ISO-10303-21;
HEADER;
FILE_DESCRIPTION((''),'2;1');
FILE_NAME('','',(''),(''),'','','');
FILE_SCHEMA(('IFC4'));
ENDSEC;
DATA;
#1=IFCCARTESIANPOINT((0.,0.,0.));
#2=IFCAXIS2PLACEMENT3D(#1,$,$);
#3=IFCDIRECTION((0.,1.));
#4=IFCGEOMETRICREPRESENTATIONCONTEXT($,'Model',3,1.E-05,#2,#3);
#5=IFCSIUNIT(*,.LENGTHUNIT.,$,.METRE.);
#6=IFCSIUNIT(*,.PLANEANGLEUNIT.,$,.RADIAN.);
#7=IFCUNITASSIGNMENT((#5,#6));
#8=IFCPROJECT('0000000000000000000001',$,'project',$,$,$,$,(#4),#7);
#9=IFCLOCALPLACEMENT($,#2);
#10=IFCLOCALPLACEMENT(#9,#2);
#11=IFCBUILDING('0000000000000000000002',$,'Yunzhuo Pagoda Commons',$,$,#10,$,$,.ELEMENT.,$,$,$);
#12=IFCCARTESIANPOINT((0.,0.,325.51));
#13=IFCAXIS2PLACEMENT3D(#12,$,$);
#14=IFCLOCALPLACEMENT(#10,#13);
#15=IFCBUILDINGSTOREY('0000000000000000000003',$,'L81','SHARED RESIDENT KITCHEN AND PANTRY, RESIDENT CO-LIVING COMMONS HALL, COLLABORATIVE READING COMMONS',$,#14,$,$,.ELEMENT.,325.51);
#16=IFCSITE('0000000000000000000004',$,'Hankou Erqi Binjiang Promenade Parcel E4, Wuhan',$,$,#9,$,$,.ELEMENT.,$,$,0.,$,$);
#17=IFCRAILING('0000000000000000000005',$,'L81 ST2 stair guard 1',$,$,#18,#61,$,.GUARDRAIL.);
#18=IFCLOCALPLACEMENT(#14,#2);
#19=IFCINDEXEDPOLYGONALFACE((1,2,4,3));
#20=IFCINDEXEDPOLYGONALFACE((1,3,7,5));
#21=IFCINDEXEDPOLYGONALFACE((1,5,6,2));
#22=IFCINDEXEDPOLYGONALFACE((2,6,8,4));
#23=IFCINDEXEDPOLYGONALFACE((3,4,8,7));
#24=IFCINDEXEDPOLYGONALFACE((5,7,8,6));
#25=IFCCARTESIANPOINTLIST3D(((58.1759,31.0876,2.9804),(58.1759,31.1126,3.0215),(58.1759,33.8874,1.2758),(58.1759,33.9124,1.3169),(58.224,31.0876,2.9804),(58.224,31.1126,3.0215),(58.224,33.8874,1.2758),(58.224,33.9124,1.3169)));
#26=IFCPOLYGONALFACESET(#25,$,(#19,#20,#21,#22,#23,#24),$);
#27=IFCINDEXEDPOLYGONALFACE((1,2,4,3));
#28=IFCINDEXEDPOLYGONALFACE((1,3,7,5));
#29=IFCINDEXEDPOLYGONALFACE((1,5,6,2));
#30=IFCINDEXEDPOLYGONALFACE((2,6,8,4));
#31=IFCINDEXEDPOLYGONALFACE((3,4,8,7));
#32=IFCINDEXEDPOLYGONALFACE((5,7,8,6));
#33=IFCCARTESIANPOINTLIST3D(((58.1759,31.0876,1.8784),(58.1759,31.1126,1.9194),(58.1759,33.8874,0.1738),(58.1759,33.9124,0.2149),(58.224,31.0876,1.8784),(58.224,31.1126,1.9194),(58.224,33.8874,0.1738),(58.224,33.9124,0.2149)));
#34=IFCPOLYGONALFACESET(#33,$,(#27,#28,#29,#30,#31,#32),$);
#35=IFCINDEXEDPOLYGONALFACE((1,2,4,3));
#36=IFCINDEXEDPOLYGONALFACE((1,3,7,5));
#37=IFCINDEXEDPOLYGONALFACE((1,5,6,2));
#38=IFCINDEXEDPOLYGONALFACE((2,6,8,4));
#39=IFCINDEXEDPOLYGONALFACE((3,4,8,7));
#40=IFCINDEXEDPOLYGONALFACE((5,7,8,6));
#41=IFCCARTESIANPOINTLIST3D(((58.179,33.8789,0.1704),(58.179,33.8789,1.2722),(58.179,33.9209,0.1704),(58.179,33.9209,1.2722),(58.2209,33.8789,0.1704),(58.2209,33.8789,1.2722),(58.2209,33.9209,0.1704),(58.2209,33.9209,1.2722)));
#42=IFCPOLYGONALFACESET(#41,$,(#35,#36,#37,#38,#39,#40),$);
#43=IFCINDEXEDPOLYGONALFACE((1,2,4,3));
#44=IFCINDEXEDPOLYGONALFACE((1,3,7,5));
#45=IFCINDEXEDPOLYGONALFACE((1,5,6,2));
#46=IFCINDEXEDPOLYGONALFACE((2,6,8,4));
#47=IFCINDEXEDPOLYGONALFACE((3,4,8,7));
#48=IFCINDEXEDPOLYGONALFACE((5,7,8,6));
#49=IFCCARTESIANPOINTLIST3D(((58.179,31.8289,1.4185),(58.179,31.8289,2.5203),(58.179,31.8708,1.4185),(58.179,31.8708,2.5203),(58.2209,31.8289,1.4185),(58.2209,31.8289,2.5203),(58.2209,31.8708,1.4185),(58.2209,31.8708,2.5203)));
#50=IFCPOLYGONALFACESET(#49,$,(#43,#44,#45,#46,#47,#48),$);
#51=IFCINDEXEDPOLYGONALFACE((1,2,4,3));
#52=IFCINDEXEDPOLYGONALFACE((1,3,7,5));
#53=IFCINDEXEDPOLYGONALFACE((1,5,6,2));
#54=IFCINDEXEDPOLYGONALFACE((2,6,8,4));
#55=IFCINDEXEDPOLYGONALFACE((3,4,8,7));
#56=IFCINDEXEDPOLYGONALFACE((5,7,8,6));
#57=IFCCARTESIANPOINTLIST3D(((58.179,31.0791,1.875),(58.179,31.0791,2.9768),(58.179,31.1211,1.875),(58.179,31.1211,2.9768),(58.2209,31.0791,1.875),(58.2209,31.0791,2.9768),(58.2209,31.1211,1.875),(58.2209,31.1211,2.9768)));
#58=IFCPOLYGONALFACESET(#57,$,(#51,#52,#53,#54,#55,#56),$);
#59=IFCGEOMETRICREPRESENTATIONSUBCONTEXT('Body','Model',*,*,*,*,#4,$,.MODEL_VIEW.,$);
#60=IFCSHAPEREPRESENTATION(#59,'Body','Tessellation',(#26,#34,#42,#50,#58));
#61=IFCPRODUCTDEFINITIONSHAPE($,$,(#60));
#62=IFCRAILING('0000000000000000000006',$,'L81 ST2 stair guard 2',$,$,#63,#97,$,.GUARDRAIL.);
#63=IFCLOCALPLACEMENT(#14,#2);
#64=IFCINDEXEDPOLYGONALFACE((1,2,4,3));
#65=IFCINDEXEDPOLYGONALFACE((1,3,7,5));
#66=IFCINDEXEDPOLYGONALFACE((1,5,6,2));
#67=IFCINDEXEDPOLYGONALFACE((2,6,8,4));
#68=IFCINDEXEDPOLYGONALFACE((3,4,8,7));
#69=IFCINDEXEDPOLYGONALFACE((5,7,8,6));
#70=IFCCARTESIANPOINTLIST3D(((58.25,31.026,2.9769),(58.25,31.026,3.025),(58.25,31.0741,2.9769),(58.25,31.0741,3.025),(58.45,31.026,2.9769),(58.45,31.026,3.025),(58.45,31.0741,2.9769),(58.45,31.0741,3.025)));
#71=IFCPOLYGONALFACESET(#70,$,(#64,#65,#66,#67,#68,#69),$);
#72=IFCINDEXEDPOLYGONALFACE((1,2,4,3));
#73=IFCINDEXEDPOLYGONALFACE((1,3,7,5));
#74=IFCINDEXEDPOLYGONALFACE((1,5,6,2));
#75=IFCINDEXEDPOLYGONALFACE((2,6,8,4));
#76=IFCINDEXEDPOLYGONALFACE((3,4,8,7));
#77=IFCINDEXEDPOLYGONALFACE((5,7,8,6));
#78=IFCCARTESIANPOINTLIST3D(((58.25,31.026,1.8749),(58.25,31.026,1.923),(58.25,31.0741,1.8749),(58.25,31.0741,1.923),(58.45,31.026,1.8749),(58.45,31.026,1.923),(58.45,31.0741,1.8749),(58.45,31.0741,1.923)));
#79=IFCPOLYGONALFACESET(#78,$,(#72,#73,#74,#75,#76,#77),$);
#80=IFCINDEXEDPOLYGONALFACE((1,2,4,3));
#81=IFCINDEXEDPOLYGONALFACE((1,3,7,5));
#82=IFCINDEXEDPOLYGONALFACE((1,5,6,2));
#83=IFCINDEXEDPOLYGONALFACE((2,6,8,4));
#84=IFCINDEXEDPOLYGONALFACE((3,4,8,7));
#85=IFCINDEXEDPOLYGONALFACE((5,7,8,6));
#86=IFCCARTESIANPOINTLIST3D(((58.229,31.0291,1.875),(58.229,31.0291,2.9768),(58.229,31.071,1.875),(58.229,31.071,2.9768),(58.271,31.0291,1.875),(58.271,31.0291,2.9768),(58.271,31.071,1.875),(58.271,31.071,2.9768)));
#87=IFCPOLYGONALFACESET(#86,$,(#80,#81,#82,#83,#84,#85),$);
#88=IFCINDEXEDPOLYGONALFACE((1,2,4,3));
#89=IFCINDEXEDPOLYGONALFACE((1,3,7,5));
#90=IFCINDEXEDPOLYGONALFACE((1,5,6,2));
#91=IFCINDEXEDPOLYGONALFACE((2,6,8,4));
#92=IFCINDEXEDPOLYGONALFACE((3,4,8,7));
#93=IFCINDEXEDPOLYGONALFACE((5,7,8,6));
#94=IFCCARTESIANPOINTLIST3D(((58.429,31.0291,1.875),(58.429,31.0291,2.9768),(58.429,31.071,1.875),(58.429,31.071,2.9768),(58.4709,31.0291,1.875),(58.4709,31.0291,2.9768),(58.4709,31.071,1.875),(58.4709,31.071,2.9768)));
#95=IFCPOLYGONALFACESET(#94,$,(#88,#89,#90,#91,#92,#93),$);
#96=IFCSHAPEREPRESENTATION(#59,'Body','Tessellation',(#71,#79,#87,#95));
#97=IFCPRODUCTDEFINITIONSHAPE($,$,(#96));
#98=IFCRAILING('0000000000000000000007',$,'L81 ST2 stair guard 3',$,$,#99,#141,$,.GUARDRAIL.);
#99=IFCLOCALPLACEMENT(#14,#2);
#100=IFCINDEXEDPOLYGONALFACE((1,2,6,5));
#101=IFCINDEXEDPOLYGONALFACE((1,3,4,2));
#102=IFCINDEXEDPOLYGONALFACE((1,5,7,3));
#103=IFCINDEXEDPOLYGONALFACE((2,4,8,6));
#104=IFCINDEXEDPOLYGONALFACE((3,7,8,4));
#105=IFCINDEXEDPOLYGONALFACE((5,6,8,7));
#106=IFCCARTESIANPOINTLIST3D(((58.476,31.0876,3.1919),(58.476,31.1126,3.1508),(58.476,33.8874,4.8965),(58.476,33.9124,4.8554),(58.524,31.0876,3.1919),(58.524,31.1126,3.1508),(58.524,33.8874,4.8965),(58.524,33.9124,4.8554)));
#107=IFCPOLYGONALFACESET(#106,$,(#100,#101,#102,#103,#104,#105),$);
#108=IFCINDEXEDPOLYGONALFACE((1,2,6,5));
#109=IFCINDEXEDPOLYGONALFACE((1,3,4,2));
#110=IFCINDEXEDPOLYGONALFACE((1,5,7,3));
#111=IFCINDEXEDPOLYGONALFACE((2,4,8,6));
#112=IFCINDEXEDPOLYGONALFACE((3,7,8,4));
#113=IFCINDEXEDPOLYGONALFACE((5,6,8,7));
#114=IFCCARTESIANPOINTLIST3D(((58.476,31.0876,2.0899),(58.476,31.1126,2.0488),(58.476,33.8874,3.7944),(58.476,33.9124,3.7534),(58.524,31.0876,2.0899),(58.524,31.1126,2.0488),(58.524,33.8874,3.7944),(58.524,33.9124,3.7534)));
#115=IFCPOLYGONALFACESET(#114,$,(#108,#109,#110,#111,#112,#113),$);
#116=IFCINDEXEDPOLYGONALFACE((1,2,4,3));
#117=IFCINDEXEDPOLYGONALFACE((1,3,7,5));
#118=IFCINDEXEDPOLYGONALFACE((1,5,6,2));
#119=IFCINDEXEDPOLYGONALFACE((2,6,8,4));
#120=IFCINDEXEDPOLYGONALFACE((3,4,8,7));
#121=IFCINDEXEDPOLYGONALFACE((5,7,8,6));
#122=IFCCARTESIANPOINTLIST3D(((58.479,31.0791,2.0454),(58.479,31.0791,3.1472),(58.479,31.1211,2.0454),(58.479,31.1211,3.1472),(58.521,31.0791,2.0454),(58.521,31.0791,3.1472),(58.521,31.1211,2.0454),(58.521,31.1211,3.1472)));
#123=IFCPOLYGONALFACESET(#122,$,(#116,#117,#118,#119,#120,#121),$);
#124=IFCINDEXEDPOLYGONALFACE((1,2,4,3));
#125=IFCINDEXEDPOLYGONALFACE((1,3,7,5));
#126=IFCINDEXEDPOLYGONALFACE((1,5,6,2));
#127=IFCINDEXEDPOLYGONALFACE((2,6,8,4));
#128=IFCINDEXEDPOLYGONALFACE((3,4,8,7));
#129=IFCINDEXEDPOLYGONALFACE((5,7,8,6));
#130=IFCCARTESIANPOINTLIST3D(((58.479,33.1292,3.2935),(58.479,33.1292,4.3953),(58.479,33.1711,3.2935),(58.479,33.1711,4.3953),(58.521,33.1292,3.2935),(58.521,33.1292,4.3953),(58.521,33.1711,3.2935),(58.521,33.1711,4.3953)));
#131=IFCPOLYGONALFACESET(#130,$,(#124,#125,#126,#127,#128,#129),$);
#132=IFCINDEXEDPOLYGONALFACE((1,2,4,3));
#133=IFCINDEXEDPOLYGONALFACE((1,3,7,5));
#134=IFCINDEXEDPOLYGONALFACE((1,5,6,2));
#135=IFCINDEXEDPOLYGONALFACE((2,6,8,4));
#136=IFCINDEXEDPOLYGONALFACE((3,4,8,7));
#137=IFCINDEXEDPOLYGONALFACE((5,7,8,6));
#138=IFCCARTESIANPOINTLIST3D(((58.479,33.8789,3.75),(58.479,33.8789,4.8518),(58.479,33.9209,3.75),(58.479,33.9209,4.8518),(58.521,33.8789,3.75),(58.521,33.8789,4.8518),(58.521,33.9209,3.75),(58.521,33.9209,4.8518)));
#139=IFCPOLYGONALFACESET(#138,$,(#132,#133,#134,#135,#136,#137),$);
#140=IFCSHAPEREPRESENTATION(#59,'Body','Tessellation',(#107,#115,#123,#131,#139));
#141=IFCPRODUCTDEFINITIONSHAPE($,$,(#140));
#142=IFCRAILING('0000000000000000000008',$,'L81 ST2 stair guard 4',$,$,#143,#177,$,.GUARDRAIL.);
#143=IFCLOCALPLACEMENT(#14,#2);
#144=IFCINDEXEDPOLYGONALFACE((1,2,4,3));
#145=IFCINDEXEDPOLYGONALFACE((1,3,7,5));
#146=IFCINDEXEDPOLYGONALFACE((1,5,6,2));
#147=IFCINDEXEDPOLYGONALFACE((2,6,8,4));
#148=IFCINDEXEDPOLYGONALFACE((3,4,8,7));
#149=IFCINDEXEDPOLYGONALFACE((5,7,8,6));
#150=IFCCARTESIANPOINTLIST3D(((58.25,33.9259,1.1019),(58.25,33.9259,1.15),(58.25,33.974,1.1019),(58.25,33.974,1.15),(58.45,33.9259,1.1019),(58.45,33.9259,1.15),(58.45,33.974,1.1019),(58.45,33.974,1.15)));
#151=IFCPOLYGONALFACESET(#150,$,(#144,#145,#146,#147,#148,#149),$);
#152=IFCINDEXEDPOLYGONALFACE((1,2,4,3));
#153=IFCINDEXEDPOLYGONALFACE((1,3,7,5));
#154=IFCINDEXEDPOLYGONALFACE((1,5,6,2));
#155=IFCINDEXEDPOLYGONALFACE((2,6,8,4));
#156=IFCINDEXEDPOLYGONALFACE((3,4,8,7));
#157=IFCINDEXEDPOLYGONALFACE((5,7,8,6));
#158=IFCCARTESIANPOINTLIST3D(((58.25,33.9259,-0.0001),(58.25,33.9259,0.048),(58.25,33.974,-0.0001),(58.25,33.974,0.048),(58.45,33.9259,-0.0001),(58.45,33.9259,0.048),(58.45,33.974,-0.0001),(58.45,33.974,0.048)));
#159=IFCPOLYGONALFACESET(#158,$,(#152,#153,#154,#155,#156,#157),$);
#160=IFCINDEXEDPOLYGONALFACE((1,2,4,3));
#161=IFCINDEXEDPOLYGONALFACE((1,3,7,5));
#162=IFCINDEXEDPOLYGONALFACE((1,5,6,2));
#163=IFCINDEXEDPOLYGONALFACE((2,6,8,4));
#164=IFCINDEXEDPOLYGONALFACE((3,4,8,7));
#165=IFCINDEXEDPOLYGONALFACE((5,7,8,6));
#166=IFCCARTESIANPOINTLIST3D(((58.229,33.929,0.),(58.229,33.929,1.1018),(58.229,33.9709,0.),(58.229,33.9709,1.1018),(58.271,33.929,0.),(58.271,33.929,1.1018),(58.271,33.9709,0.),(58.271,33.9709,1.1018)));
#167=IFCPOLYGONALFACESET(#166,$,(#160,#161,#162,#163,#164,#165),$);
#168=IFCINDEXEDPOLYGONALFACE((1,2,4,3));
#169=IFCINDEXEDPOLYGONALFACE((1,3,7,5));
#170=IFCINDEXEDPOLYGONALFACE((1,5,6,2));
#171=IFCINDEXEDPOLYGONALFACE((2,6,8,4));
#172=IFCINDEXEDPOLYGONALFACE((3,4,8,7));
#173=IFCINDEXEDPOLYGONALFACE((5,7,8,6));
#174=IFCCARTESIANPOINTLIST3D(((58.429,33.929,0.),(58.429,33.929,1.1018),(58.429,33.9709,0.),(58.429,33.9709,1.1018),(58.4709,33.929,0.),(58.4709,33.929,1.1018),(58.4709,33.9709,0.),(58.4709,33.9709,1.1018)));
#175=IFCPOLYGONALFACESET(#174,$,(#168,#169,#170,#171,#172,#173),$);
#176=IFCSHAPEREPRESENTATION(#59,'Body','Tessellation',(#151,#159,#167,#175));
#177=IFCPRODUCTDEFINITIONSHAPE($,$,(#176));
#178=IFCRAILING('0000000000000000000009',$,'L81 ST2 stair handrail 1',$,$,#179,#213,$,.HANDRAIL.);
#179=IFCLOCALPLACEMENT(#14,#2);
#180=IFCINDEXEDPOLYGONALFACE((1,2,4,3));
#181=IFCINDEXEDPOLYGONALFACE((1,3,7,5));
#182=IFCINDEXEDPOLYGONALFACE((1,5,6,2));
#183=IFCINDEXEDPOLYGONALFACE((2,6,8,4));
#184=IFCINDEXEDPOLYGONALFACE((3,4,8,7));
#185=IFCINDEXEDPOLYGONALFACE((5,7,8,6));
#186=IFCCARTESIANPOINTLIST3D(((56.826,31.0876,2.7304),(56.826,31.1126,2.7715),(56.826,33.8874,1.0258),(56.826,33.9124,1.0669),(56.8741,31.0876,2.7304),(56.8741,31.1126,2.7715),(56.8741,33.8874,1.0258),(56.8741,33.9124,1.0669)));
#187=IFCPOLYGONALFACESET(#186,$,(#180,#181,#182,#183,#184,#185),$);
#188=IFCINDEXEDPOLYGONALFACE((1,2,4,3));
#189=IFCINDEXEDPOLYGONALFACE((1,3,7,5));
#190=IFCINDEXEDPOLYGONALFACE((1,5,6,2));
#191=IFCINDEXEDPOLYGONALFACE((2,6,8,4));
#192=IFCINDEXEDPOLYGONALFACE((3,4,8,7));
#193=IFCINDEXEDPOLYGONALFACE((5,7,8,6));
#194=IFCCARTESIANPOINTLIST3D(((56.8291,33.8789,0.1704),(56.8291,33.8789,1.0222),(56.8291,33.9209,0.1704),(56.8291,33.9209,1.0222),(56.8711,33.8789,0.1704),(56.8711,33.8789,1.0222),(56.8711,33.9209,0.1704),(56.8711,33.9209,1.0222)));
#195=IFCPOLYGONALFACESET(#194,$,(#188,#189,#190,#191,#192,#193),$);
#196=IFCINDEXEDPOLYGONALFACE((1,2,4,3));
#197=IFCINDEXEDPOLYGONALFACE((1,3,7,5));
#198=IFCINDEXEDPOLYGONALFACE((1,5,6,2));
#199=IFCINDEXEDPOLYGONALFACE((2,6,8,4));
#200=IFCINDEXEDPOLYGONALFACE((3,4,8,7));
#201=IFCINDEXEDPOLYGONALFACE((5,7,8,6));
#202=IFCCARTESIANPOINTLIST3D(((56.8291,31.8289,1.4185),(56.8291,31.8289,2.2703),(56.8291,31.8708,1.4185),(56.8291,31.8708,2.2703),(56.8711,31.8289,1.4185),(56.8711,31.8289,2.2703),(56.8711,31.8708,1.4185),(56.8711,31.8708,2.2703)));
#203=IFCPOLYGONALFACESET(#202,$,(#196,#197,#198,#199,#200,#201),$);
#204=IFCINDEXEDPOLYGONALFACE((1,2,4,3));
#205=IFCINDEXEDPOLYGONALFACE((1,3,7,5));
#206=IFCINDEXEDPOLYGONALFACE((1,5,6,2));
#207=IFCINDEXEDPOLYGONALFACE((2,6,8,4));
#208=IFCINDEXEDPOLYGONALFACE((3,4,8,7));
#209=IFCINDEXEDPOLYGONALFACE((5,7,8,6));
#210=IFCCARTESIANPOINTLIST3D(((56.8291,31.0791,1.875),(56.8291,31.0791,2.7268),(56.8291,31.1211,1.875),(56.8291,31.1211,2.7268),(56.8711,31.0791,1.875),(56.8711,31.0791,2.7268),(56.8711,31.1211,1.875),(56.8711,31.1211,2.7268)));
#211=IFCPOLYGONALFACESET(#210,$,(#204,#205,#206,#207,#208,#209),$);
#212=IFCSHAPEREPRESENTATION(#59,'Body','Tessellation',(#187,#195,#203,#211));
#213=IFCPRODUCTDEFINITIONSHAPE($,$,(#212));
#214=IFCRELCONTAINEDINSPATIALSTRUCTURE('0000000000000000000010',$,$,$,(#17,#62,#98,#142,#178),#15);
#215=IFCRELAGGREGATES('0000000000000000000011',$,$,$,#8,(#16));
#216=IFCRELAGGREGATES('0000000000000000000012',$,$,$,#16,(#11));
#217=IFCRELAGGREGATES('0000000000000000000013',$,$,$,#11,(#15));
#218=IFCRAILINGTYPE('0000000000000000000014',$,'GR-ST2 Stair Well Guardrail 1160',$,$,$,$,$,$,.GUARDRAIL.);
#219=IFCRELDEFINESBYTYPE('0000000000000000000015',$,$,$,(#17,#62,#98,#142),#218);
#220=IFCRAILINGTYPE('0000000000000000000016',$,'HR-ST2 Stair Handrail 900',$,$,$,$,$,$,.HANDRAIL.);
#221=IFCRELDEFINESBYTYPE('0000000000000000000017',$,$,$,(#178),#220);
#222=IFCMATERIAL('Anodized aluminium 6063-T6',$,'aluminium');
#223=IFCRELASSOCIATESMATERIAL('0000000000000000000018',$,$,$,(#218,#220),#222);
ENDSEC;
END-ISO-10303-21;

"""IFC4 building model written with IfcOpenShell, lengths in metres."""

from ifc_helpers import new_model, si_unit, direction, frame, origin, origin_2d, place, context, subcontext, project, spatial, rectangle, extrude, material, type_object, element, save


model = new_model("IFC4")

# Units and contexts
model_context = context("Model", 3, precision=1e-05, world=origin(), true_north=direction((0.0, 1.0)))
body_context = subcontext(model_context, "Body", "Model", "MODEL_VIEW")
ifc_project = project(units=[si_unit("LENGTHUNIT", "METRE"), si_unit("PLANEANGLEUNIT", "RADIAN")], contexts=[model_context])

# Site, building, storey
site_placement = place(None, origin())
site = spatial("IfcSite", under=ifc_project, at=site_placement, Name="Hankou Erqi Binjiang Promenade Parcel E4, Wuhan", CompositionType="ELEMENT", RefElevation=0.0)
building_placement = place(site_placement, origin())
building = spatial("IfcBuilding", under=site, at=building_placement, Name="Yunzhuo Pagoda Commons", CompositionType="ELEMENT")
storey_placement = place(building_placement, frame((0.0, 0.0, 325.51)))
storey = spatial("IfcBuildingStorey", under=building, at=storey_placement, Name="L81", Description="SHARED RESIDENT KITCHEN AND PANTRY, RESIDENT CO-LIVING COMMONS HALL, COLLABORATIVE READING COMMONS", CompositionType="ELEMENT", Elevation=325.51)

# Shared definitions
ifc_material_1 = material(Name="Anodized aluminium 6063-T6", Category="aluminium")

# Railings
railing_type_1 = type_object("IfcRailingType", Name="GR-ST2 Stair Well Guardrail 1160", PredefinedType="GUARDRAIL", material=ifc_material_1)
railing_1_placement = place(storey_placement, frame((58.2, 33.8999, 0.1704)))
element("IfcRailing", 1, at=railing_1_placement, inside=storey, type_object=railing_type_1, Name="L81 ST2 stair guard 1", PredefinedType="GUARDRAIL", context=body_context, shape_type="SweptSolid", body=[
    extrude(rectangle(XDim=0.0481, YDim=0.0481, at=origin_2d()), frame((0.0, 0.0, 1.126), z_axis=(0.0, -0.85415, 0.520027), x_axis=(1.0, 0.0, 0.0)), (0.0, 0.0, 1.0), 3.2778),
    extrude(rectangle(XDim=0.0481, YDim=0.0481, at=origin_2d()), frame((0.0, 0.0, 0.0239), z_axis=(0.0, -0.85415, 0.520027), x_axis=(1.0, 0.0, 0.0)), (0.0, 0.0, 1.0), 3.2778),
    extrude(rectangle(XDim=0.042, YDim=0.042, at=origin_2d()), origin(), (0.0, 0.0, 1.0), 1.1018),
    extrude(rectangle(XDim=0.042, YDim=0.042, at=origin_2d()), frame((0.0, -2.05, 1.248)), (0.0, 0.0, 1.0), 1.1018),
    extrude(rectangle(XDim=0.042, YDim=0.042, at=origin_2d()), frame((0.0, -2.7998, 1.7046)), (0.0, 0.0, 1.0), 1.1018),
])
railing_2_placement = place(storey_placement, frame((58.25, 31.05, 1.875)))
element("IfcRailing", 2, at=railing_2_placement, inside=storey, type_object=railing_type_1, Name="L81 ST2 stair guard 2", PredefinedType="GUARDRAIL", context=body_context, shape_type="SweptSolid", body=[
    extrude(rectangle(XDim=0.0481, YDim=0.0481, at=origin_2d()), frame((0.0, 0.0, 1.126), z_axis=(1.0, 0.0, 0.0), x_axis=(0.0, 1.0, 0.0)), (0.0, 0.0, 1.0), 0.2),
    extrude(rectangle(XDim=0.0481, YDim=0.0481, at=origin_2d()), frame((0.0, 0.0, 0.0239), z_axis=(1.0, 0.0, 0.0), x_axis=(0.0, 1.0, 0.0)), (0.0, 0.0, 1.0), 0.2),
    extrude(rectangle(XDim=0.042, YDim=0.042, at=origin_2d()), origin(), (0.0, 0.0, 1.0), 1.1018),
    extrude(rectangle(XDim=0.042, YDim=0.042, at=origin_2d()), frame((0.2, 0.0, 0.0)), (0.0, 0.0, 1.0), 1.1018),
])
railing_3_placement = place(storey_placement, frame((58.5, 31.1001, 2.0454)))
element("IfcRailing", 3, at=railing_3_placement, inside=storey, type_object=railing_type_1, Name="L81 ST2 stair guard 3", PredefinedType="GUARDRAIL", context=body_context, shape_type="SweptSolid", body=[
    extrude(rectangle(XDim=0.0481, YDim=0.0481, at=origin_2d()), frame((0.0, 0.0, 1.126), z_axis=(0.0, 0.85415, 0.520027), x_axis=(-1.0, 0.0, 0.0)), (0.0, 0.0, 1.0), 3.2778),
    extrude(rectangle(XDim=0.0481, YDim=0.0481, at=origin_2d()), frame((0.0, 0.0, 0.0239), z_axis=(0.0, 0.85415, 0.520027), x_axis=(-1.0, 0.0, 0.0)), (0.0, 0.0, 1.0), 3.2778),
    extrude(rectangle(XDim=0.042, YDim=0.042, at=origin_2d()), origin(), (0.0, 0.0, 1.0), 1.1018),
    extrude(rectangle(XDim=0.042, YDim=0.042, at=origin_2d()), frame((0.0, 2.05, 1.248)), (0.0, 0.0, 1.0), 1.1018),
    extrude(rectangle(XDim=0.042, YDim=0.042, at=origin_2d()), frame((0.0, 2.7998, 1.7046)), (0.0, 0.0, 1.0), 1.1018),
])
railing_4_placement = place(storey_placement, frame((58.25, 33.95, 0.0)))
element("IfcRailing", 4, at=railing_4_placement, inside=storey, type_object=railing_type_1, Name="L81 ST2 stair guard 4", PredefinedType="GUARDRAIL", context=body_context, shape_type="SweptSolid", body=[
    extrude(rectangle(XDim=0.0481, YDim=0.0481, at=origin_2d()), frame((0.0, 0.0, 1.126), z_axis=(1.0, 0.0, 0.0), x_axis=(0.0, 1.0, 0.0)), (0.0, 0.0, 1.0), 0.2),
    extrude(rectangle(XDim=0.0481, YDim=0.0481, at=origin_2d()), frame((0.0, 0.0, 0.0239), z_axis=(1.0, 0.0, 0.0), x_axis=(0.0, 1.0, 0.0)), (0.0, 0.0, 1.0), 0.2),
    extrude(rectangle(XDim=0.042, YDim=0.042, at=origin_2d()), origin(), (0.0, 0.0, 1.0), 1.1018),
    extrude(rectangle(XDim=0.042, YDim=0.042, at=origin_2d()), frame((0.2, 0.0, 0.0)), (0.0, 0.0, 1.0), 1.1018),
])
railing_type_2 = type_object("IfcRailingType", Name="HR-ST2 Stair Handrail 900", PredefinedType="HANDRAIL", material=ifc_material_1)
railing_5_placement = place(storey_placement, frame((56.8501, 33.8999, 0.1704)))
element("IfcRailing", 5, at=railing_5_placement, inside=storey, type_object=railing_type_2, Name="L81 ST2 stair handrail 1", PredefinedType="HANDRAIL", context=body_context, shape_type="SweptSolid", body=[
    extrude(rectangle(XDim=0.0481, YDim=0.0481, at=origin_2d()), frame((0.0, 0.0, 0.876), z_axis=(0.0, -0.85415, 0.520027), x_axis=(1.0, 0.0, 0.0)), (0.0, 0.0, 1.0), 3.2778),
    extrude(rectangle(XDim=0.042, YDim=0.042, at=origin_2d()), origin(), (0.0, 0.0, 1.0), 0.8518),
    extrude(rectangle(XDim=0.042, YDim=0.042, at=origin_2d()), frame((0.0, -2.05, 1.248)), (0.0, 0.0, 1.0), 0.8518),
    extrude(rectangle(XDim=0.042, YDim=0.042, at=origin_2d()), frame((0.0, -2.7998, 1.7046)), (0.0, 0.0, 1.0), 0.8518),
])

save(model, "model.ifc")
